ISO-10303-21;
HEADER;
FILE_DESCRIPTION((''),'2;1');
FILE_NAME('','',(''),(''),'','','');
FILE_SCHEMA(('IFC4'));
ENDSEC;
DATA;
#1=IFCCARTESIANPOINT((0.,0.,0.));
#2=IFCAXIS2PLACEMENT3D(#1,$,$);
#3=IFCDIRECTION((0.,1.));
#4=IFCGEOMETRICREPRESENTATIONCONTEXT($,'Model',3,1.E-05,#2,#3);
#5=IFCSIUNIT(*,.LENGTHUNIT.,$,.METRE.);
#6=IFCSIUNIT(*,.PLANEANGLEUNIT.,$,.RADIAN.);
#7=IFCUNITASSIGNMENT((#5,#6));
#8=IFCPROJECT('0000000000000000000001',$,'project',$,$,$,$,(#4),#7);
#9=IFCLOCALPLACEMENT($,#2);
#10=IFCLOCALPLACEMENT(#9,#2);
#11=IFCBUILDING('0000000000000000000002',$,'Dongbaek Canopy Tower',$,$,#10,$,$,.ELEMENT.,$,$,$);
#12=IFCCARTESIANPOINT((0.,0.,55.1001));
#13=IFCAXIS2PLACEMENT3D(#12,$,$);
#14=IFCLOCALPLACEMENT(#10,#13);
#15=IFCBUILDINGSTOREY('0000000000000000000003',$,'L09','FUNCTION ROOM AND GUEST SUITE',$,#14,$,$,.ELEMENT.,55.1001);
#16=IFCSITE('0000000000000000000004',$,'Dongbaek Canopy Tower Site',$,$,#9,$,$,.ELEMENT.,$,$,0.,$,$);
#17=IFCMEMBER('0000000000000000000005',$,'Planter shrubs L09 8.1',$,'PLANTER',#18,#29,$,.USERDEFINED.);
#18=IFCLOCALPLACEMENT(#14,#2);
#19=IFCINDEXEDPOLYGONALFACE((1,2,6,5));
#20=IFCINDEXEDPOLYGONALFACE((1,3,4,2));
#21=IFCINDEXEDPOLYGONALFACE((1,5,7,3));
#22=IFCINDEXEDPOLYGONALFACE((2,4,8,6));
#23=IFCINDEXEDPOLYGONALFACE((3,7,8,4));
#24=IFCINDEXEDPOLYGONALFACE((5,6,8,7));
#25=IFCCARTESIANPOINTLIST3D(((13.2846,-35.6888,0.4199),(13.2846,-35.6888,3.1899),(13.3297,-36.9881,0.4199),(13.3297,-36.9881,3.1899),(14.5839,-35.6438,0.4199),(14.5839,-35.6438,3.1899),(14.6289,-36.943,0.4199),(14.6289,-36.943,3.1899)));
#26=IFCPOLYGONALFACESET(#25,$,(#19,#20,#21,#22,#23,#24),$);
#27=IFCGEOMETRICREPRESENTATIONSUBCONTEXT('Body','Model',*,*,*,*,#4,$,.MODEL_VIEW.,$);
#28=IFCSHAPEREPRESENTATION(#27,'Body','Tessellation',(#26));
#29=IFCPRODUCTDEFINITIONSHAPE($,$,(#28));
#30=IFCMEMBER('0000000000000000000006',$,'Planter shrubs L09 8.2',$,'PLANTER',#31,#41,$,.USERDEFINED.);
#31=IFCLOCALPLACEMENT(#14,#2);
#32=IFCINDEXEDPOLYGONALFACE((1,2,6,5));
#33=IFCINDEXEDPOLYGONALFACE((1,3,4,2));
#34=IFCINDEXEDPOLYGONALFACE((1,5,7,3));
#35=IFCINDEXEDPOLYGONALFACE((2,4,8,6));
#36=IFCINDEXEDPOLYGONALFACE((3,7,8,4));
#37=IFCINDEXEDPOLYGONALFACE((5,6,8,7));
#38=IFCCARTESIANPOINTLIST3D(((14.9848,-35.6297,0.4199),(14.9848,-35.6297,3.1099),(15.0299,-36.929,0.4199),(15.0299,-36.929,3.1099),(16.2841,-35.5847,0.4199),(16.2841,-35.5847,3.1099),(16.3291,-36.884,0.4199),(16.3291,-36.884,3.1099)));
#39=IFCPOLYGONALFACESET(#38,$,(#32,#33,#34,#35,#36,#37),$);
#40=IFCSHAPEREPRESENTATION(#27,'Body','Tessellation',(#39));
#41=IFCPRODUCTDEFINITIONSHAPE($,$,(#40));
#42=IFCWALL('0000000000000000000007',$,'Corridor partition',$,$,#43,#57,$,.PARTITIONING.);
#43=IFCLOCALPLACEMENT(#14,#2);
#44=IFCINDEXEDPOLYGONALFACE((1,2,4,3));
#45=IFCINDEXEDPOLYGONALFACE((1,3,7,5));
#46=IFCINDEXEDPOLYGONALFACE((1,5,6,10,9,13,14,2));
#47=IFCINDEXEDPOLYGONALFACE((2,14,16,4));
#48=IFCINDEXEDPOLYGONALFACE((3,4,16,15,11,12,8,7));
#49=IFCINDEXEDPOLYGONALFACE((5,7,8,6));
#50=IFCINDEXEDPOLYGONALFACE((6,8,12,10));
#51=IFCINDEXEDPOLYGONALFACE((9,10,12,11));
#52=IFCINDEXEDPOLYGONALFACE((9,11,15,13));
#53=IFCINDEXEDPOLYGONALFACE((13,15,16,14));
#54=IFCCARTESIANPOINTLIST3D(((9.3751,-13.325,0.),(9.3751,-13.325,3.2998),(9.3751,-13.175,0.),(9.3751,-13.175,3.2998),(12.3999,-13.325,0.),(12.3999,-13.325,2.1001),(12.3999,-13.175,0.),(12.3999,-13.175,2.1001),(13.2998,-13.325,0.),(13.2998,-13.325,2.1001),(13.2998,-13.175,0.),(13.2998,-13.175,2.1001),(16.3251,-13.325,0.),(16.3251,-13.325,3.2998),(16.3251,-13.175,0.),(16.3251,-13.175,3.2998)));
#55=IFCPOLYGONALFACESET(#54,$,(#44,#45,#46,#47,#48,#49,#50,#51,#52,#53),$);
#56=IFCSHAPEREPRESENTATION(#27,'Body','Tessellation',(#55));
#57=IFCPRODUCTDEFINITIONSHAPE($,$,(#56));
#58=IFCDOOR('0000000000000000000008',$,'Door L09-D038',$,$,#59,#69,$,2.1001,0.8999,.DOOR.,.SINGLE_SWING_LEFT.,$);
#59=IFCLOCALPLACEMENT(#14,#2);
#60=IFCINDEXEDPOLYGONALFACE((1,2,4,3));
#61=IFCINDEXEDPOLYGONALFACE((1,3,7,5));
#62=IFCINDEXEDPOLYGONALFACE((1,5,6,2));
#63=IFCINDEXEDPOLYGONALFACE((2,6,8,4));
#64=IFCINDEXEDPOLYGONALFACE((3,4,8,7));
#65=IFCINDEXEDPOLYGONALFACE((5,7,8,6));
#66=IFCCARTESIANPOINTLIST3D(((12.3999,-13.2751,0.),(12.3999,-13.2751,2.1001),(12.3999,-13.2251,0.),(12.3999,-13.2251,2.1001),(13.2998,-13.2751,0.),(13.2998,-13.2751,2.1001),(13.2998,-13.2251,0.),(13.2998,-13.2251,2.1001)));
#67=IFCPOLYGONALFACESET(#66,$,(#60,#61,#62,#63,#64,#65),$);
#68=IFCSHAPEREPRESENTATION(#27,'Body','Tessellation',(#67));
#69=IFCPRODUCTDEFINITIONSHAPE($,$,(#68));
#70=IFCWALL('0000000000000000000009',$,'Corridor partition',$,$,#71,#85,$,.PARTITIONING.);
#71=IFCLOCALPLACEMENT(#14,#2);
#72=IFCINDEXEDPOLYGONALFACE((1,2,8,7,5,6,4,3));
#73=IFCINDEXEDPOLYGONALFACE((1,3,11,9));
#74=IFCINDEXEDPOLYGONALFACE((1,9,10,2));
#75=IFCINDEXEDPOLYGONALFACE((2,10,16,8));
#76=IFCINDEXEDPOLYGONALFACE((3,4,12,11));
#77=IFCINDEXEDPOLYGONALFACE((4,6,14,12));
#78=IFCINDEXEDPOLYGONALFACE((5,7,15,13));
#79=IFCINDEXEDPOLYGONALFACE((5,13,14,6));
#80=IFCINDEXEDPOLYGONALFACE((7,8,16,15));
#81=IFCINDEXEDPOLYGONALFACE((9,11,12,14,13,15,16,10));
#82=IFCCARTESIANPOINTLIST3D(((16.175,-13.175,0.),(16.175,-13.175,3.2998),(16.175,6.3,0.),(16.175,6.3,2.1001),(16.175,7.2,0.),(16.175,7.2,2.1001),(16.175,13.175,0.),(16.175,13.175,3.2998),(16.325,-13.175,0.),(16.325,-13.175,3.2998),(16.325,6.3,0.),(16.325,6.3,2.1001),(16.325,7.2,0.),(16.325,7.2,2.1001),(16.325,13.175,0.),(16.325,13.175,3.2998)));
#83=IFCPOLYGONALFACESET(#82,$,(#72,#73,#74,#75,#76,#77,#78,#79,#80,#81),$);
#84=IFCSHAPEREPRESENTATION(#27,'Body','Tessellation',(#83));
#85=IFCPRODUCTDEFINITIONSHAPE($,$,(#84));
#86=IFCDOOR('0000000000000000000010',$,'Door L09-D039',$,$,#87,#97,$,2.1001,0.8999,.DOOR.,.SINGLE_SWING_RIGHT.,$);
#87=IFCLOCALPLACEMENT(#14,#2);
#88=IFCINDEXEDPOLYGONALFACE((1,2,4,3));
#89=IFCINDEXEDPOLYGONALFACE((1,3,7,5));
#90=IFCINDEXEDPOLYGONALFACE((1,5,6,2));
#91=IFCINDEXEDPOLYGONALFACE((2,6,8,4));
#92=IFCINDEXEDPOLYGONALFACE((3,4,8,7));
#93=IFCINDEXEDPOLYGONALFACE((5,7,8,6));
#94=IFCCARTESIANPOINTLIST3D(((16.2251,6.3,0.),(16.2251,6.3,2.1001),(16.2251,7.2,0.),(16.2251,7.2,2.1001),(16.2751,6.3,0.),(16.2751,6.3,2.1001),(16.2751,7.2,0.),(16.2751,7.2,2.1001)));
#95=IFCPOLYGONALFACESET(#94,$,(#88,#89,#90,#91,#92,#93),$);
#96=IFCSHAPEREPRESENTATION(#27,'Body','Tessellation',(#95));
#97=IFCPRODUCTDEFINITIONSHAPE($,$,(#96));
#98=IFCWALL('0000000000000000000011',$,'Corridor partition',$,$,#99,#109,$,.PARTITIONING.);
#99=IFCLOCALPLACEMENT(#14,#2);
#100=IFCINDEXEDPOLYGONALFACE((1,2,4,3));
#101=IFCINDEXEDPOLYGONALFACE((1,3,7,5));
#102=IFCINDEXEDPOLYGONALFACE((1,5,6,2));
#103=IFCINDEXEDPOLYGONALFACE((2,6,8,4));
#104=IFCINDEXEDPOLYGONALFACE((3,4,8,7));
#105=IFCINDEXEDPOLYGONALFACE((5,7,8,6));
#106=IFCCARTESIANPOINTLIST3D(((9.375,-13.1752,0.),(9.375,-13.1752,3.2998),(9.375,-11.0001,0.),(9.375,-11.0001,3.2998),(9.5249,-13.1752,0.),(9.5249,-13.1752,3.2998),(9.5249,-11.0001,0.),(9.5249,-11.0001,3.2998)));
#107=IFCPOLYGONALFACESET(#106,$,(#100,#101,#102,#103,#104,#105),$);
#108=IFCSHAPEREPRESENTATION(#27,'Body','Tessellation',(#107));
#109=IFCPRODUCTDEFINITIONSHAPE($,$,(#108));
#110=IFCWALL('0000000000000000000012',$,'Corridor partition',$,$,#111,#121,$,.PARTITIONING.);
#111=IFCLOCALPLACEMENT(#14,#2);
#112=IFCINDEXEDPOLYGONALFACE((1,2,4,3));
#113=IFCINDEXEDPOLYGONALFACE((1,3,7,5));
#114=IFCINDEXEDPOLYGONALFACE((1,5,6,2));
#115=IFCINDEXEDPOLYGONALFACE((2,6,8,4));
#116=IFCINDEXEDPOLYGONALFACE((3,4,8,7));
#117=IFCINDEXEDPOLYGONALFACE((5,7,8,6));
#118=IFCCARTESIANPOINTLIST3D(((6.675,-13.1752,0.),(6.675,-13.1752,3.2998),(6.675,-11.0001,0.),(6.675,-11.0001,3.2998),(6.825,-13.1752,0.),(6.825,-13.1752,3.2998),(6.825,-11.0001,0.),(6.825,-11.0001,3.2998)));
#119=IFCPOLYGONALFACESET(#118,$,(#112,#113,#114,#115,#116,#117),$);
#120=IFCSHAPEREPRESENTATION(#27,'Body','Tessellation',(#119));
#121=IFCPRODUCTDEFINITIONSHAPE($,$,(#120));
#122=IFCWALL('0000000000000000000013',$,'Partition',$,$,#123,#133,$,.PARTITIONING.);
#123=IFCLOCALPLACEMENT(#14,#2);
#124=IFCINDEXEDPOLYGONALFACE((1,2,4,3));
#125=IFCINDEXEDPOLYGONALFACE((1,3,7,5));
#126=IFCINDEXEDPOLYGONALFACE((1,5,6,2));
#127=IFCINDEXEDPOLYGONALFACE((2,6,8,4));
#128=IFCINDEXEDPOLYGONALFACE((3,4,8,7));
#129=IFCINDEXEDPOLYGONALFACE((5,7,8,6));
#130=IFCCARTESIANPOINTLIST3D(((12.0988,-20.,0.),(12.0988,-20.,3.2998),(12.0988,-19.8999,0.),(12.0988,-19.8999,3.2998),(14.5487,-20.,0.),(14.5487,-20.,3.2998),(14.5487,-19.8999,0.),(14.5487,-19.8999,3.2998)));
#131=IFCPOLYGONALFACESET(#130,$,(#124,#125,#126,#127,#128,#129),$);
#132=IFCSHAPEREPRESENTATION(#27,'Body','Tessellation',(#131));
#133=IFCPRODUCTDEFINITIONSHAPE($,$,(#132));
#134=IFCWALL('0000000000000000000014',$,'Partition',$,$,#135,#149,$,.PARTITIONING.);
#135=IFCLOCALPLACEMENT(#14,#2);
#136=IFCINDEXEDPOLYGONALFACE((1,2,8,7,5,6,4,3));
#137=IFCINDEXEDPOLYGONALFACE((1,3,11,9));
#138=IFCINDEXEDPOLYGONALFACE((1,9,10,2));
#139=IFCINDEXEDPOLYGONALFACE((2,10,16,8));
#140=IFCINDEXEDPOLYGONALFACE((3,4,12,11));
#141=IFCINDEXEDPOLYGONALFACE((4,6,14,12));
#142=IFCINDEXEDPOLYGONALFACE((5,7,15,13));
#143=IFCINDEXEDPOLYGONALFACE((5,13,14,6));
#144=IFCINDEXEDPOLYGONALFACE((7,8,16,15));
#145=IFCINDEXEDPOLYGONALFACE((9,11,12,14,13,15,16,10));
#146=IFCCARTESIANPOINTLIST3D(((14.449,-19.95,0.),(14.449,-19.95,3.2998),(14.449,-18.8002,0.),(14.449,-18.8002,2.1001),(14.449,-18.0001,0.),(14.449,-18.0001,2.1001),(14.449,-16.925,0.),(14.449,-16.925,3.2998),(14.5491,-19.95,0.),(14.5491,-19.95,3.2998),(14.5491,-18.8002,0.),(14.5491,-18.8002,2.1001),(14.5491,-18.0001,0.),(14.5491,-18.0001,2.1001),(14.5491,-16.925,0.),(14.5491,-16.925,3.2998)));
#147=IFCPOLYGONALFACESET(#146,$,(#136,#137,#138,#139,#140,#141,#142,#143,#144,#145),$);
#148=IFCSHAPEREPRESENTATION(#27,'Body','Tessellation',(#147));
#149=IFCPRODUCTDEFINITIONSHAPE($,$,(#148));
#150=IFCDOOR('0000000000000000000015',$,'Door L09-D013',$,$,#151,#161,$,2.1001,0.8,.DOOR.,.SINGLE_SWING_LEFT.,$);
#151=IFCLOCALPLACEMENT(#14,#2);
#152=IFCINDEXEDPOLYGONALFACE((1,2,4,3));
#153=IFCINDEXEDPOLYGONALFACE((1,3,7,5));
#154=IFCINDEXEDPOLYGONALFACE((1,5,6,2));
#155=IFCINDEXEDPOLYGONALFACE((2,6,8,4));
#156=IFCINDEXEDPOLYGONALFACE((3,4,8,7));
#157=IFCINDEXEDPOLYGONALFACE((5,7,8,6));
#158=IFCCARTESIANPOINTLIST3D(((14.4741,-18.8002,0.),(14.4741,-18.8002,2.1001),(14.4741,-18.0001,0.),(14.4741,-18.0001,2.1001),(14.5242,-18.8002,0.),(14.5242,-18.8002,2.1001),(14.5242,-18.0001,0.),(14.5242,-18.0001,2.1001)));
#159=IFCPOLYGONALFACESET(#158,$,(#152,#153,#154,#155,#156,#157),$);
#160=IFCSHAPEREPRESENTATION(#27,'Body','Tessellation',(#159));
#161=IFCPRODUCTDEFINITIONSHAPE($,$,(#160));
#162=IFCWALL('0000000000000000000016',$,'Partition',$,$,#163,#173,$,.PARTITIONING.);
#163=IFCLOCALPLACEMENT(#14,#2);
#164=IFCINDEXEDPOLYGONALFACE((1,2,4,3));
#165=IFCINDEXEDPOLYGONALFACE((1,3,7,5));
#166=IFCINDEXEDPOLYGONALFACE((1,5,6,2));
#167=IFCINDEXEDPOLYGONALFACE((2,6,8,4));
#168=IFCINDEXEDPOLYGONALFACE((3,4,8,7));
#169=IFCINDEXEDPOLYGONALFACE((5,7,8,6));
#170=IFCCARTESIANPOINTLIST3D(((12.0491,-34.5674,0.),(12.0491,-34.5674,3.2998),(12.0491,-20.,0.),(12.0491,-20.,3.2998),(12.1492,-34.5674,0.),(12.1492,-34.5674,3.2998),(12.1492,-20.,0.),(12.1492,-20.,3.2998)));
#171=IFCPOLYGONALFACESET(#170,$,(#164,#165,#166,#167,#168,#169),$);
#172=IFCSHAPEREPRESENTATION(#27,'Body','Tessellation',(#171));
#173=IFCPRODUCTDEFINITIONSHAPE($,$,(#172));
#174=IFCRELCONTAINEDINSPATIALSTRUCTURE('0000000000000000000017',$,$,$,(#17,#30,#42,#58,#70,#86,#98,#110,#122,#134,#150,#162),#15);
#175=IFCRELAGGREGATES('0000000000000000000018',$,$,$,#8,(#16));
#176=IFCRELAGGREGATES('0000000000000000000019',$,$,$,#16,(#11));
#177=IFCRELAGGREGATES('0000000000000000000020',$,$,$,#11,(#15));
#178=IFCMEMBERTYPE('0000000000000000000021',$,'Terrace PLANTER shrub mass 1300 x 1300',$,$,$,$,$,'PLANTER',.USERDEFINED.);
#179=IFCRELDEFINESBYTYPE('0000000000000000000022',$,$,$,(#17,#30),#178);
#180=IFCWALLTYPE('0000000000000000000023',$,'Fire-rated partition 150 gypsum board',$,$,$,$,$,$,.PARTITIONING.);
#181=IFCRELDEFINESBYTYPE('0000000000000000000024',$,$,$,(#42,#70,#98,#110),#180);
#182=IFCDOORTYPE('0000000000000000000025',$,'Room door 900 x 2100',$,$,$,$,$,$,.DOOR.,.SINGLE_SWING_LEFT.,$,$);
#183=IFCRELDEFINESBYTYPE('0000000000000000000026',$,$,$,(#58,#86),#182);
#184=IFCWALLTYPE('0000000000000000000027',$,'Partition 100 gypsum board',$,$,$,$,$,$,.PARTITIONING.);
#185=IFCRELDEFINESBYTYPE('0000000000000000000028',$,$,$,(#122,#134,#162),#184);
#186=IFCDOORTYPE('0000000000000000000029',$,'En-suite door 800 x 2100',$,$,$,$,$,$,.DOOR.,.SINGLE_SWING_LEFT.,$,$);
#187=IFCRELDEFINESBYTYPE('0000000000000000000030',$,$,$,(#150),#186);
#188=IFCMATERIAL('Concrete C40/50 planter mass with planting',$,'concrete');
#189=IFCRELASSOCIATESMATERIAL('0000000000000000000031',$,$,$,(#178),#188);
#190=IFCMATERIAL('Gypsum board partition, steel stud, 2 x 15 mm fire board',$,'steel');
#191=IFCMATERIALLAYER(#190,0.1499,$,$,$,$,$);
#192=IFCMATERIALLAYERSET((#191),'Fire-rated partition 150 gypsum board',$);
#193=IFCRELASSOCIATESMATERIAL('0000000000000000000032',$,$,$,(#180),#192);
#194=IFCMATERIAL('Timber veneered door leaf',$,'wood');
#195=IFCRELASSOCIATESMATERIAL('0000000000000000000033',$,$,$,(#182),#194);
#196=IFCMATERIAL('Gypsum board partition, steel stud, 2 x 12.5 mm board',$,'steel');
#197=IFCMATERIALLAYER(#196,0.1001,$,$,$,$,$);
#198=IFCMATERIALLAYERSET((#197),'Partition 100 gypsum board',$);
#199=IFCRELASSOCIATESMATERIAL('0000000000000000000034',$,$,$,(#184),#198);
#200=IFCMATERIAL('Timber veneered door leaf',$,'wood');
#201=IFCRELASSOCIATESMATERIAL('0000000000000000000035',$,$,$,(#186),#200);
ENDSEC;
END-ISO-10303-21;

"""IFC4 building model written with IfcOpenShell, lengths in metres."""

from ifc_helpers import new_model, si_unit, direction, frame, frame_2d, origin, origin_2d, place, context, subcontext, project, spatial, rectangle, extrude, material, layer, layer_set, material_profile, profile_set, type_object, element, fill, save


model = new_model("IFC4")

# Units and contexts
model_context = context("Model", 3, precision=1e-05, world=origin(), true_north=direction((0.0, 1.0)))
body_context = subcontext(model_context, "Body", "Model", "MODEL_VIEW")
ifc_project = project(units=[si_unit("LENGTHUNIT", "METRE"), si_unit("PLANEANGLEUNIT", "RADIAN")], contexts=[model_context])

# Site, building, storey
site_placement = place(None, origin())
site = spatial("IfcSite", under=ifc_project, at=site_placement, Name="Dongbaek Canopy Tower Site", CompositionType="ELEMENT", RefElevation=0.0)
building_placement = place(site_placement, origin())
building = spatial("IfcBuilding", under=site, at=building_placement, Name="Dongbaek Canopy Tower", CompositionType="ELEMENT")
storey_placement = place(building_placement, frame((0.0, 0.0, 55.1001)))
storey = spatial("IfcBuildingStorey", under=building, at=storey_placement, Name="L09", Description="FUNCTION ROOM AND GUEST SUITE", CompositionType="ELEMENT", Elevation=55.1001)

# Members
ifc_material_1 = material(Name="Concrete C40/50 planter mass with planting", Category="concrete")
ifc_material_profile_1 = material_profile(ifc_material_1, rectangle(XDim=1.3, YDim=1.3, at=origin_2d()), Name="Terrace PLANTER shrub mass 1300 x 1300")
ifc_profile_set_1 = profile_set([ifc_material_profile_1], Name="Concrete C40/50 planter mass with planting")
member_type_1 = type_object("IfcMemberType", Name="Terrace PLANTER shrub mass 1300 x 1300", ElementType="PLANTER", PredefinedType="USERDEFINED", material=ifc_profile_set_1)
member_1_placement = place(storey_placement, frame((13.9568, -36.3159, 0.4199), z_axis=(0.0, 0.0, 1.0), x_axis=(0.034641, -0.9994, 0.0)))
element("IfcMember", 1, at=member_1_placement, inside=storey, type_object=member_type_1, Name="Planter shrubs L09 8.1", ObjectType="PLANTER", PredefinedType="USERDEFINED", context=body_context, shape_type="SweptSolid", body=[
    extrude(rectangle(XDim=1.3, YDim=1.3, at=origin_2d()), origin(), (0.0, 0.0, 1.0), 2.77),
])
member_2_placement = place(storey_placement, frame((15.657, -36.2568, 0.4199), z_axis=(0.0, 0.0, 1.0), x_axis=(0.034641, -0.9994, 0.0)))
element("IfcMember", 2, at=member_2_placement, inside=storey, type_object=member_type_1, Name="Planter shrubs L09 8.2", ObjectType="PLANTER", PredefinedType="USERDEFINED", context=body_context, shape_type="SweptSolid", body=[
    extrude(rectangle(XDim=1.3, YDim=1.3, at=origin_2d()), origin(), (0.0, 0.0, 1.0), 2.6899),
])

# Walls, openings, doors
ifc_material_2 = material(Name="Gypsum board partition, steel stud, 2 x 15 mm fire board", Category="steel")
ifc_layer_1 = layer(ifc_material_2, 0.1499)
ifc_layer_set_1 = layer_set([ifc_layer_1], Name="Fire-rated partition 150 gypsum board")
wall_type_1 = type_object("IfcWallType", Name="Fire-rated partition 150 gypsum board", PredefinedType="PARTITIONING", material=ifc_layer_set_1)
wall_1_placement = place(storey_placement, frame((9.375, -13.25, 0.0), z_axis=(0.0, 0.0, 1.0), x_axis=(1.0, 0.0, 0.0)))
wall_1 = element("IfcWall", 3, at=wall_1_placement, inside=storey, type_object=wall_type_1, Name="Corridor partition", PredefinedType="PARTITIONING", context=body_context, shape_type="SweptSolid", body=[
    extrude(rectangle(XDim=6.95, YDim=0.1499, at=frame_2d((3.4751, 0.0))), origin(), (0.0, 0.0, 1.0), 3.2998),
])
opening_1_placement = place(wall_1_placement, frame((3.0249, 0.0, 0.0)))
opening_1 = element("IfcOpeningElement", 4, at=opening_1_placement, cuts=wall_1, PredefinedType="OPENING", context=body_context, shape_type="SweptSolid", body=[
    extrude(rectangle(XDim=0.8999, YDim=2.1001, at=frame_2d((0.45, 1.05))), frame((0.0, 0.085, 0.0), z_axis=(0.0, -1.0, 0.0), x_axis=(1.0, 0.0, 0.0)), (0.0, 0.0, 1.0), 0.1699),
])
ifc_material_3 = material(Name="Timber veneered door leaf", Category="wood")
door_type_1 = type_object("IfcDoorType", Name="Room door 900 x 2100", OperationType="SINGLE_SWING_LEFT", PredefinedType="DOOR", material=ifc_material_3)
door_1_placement = place(opening_1_placement, origin())
door_1 = element("IfcDoor", 5, at=door_1_placement, inside=storey, type_object=door_type_1, Name="Door L09-D038", OperationType="SINGLE_SWING_LEFT", OverallHeight=2.1001, OverallWidth=0.8999, PredefinedType="DOOR", context=body_context, shape_type="SweptSolid", body=[
    extrude(rectangle(XDim=0.8999, YDim=2.1001, at=frame_2d((0.45, 1.05))), frame((0.0, 0.0249, 0.0), z_axis=(0.0, -1.0, 0.0), x_axis=(1.0, 0.0, 0.0)), (0.0, 0.0, 1.0), 0.05),
])
fill(opening_1, door_1)
wall_2_placement = place(storey_placement, frame((16.25, -13.175, 0.0), z_axis=(0.0, 0.0, 1.0), x_axis=(0.0, 1.0, 0.0)))
wall_2 = element("IfcWall", 6, at=wall_2_placement, inside=storey, type_object=wall_type_1, Name="Corridor partition", PredefinedType="PARTITIONING", context=body_context, shape_type="SweptSolid", body=[
    extrude(rectangle(XDim=26.3501, YDim=0.1499, at=frame_2d((13.175, 0.0))), origin(), (0.0, 0.0, 1.0), 3.2998),
])
opening_2_placement = place(wall_2_placement, frame((19.4751, 0.0, 0.0)))
opening_2 = element("IfcOpeningElement", 7, at=opening_2_placement, cuts=wall_2, PredefinedType="OPENING", context=body_context, shape_type="SweptSolid", body=[
    extrude(rectangle(XDim=0.8999, YDim=2.1001, at=frame_2d((0.45, 1.05))), frame((0.0, 0.085, 0.0), z_axis=(0.0, -1.0, 0.0), x_axis=(1.0, 0.0, 0.0)), (0.0, 0.0, 1.0), 0.1699),
])
door_2_placement = place(opening_2_placement, origin())
door_2 = element("IfcDoor", 8, at=door_2_placement, inside=storey, type_object=door_type_1, Name="Door L09-D039", OperationType="SINGLE_SWING_RIGHT", OverallHeight=2.1001, OverallWidth=0.8999, PredefinedType="DOOR", context=body_context, shape_type="SweptSolid", body=[
    extrude(rectangle(XDim=0.8999, YDim=2.1001, at=frame_2d((0.45, 1.05))), frame((0.0, 0.0249, 0.0), z_axis=(0.0, -1.0, 0.0), x_axis=(1.0, 0.0, 0.0)), (0.0, 0.0, 1.0), 0.05),
])
fill(opening_2, door_2)

# Walls
for number, where, z_axis, x_axis, name in (
    (9, (9.45, -13.175, 0.0), (0.0, 0.0, 1.0), (0.0, 1.0, 0.0), "Corridor partition"),
    (10, (6.75, -13.175, 0.0), (0.0, 0.0, 1.0), (0.0, 1.0, 0.0), "Corridor partition"),
):
    element("IfcWall", number, at=place(storey_placement, frame(where, z_axis=z_axis, x_axis=x_axis)), inside=storey, type_object=wall_type_1, Name=name, PredefinedType="PARTITIONING", context=body_context, shape_type="SweptSolid", body=[
        extrude(rectangle(XDim=2.175, YDim=0.1499, at=frame_2d((1.0874, 0.0))), origin(), (0.0, 0.0, 1.0), 3.2998),
    ])
ifc_material_4 = material(Name="Gypsum board partition, steel stud, 2 x 12.5 mm board", Category="steel")
ifc_layer_2 = layer(ifc_material_4, 0.1001)
ifc_layer_set_2 = layer_set([ifc_layer_2], Name="Partition 100 gypsum board")
wall_type_2 = type_object("IfcWallType", Name="Partition 100 gypsum board", PredefinedType="PARTITIONING", material=ifc_layer_set_2)
wall_3_placement = place(storey_placement, frame((12.0986, -19.95, 0.0), z_axis=(0.0, 0.0, 1.0), x_axis=(1.0, 0.0, 0.0)))
element("IfcWall", 11, at=wall_3_placement, inside=storey, type_object=wall_type_2, Name="Partition", PredefinedType="PARTITIONING", context=body_context, shape_type="SweptSolid", body=[
    extrude(rectangle(XDim=2.45, YDim=0.1001, at=frame_2d((1.2251, 0.0))), origin(), (0.0, 0.0, 1.0), 3.2998),
])

# Wall, opening, door
wall_4_placement = place(storey_placement, frame((14.499, -19.95, 0.0), z_axis=(0.0, 0.0, 1.0), x_axis=(0.0, 1.0, 0.0)))
wall_4 = element("IfcWall", 12, at=wall_4_placement, inside=storey, type_object=wall_type_2, Name="Partition", PredefinedType="PARTITIONING", context=body_context, shape_type="SweptSolid", body=[
    extrude(rectangle(XDim=3.0249, YDim=0.1001, at=frame_2d((1.5125, 0.0))), origin(), (0.0, 0.0, 1.0), 3.2998),
])
opening_3_placement = place(wall_4_placement, frame((1.1499, 0.0, 0.0)))
opening_3 = element("IfcOpeningElement", 13, at=opening_3_placement, cuts=wall_4, PredefinedType="OPENING", context=body_context, shape_type="SweptSolid", body=[
    extrude(rectangle(XDim=0.8, YDim=2.1001, at=frame_2d((0.3999, 1.05))), frame((0.0, 0.0601, 0.0), z_axis=(0.0, -1.0, 0.0), x_axis=(1.0, 0.0, 0.0)), (0.0, 0.0, 1.0), 0.1201),
])
ifc_material_5 = material(Name="Timber veneered door leaf", Category="wood")
door_type_2 = type_object("IfcDoorType", Name="En-suite door 800 x 2100", OperationType="SINGLE_SWING_LEFT", PredefinedType="DOOR", material=ifc_material_5)
door_3_placement = place(opening_3_placement, origin())
door_3 = element("IfcDoor", 14, at=door_3_placement, inside=storey, type_object=door_type_2, Name="Door L09-D013", OperationType="SINGLE_SWING_LEFT", OverallHeight=2.1001, OverallWidth=0.8, PredefinedType="DOOR", context=body_context, shape_type="SweptSolid", body=[
    extrude(rectangle(XDim=0.8, YDim=2.1001, at=frame_2d((0.3999, 1.05))), frame((0.0, 0.0249, 0.0), z_axis=(0.0, -1.0, 0.0), x_axis=(1.0, 0.0, 0.0)), (0.0, 0.0, 1.0), 0.05),
])
fill(opening_3, door_3)

# Wall
wall_5_placement = place(storey_placement, frame((12.0991, -34.5674, 0.0), z_axis=(0.0, 0.0, 1.0), x_axis=(0.0, 1.0, 0.0)))
element("IfcWall", 15, at=wall_5_placement, inside=storey, type_object=wall_type_2, Name="Partition", PredefinedType="PARTITIONING", context=body_context, shape_type="SweptSolid", body=[
    extrude(rectangle(XDim=14.5674, YDim=0.1001, at=frame_2d((7.2837, 0.0))), origin(), (0.0, 0.0, 1.0), 3.2998),
])

save(model, "model.ifc")
